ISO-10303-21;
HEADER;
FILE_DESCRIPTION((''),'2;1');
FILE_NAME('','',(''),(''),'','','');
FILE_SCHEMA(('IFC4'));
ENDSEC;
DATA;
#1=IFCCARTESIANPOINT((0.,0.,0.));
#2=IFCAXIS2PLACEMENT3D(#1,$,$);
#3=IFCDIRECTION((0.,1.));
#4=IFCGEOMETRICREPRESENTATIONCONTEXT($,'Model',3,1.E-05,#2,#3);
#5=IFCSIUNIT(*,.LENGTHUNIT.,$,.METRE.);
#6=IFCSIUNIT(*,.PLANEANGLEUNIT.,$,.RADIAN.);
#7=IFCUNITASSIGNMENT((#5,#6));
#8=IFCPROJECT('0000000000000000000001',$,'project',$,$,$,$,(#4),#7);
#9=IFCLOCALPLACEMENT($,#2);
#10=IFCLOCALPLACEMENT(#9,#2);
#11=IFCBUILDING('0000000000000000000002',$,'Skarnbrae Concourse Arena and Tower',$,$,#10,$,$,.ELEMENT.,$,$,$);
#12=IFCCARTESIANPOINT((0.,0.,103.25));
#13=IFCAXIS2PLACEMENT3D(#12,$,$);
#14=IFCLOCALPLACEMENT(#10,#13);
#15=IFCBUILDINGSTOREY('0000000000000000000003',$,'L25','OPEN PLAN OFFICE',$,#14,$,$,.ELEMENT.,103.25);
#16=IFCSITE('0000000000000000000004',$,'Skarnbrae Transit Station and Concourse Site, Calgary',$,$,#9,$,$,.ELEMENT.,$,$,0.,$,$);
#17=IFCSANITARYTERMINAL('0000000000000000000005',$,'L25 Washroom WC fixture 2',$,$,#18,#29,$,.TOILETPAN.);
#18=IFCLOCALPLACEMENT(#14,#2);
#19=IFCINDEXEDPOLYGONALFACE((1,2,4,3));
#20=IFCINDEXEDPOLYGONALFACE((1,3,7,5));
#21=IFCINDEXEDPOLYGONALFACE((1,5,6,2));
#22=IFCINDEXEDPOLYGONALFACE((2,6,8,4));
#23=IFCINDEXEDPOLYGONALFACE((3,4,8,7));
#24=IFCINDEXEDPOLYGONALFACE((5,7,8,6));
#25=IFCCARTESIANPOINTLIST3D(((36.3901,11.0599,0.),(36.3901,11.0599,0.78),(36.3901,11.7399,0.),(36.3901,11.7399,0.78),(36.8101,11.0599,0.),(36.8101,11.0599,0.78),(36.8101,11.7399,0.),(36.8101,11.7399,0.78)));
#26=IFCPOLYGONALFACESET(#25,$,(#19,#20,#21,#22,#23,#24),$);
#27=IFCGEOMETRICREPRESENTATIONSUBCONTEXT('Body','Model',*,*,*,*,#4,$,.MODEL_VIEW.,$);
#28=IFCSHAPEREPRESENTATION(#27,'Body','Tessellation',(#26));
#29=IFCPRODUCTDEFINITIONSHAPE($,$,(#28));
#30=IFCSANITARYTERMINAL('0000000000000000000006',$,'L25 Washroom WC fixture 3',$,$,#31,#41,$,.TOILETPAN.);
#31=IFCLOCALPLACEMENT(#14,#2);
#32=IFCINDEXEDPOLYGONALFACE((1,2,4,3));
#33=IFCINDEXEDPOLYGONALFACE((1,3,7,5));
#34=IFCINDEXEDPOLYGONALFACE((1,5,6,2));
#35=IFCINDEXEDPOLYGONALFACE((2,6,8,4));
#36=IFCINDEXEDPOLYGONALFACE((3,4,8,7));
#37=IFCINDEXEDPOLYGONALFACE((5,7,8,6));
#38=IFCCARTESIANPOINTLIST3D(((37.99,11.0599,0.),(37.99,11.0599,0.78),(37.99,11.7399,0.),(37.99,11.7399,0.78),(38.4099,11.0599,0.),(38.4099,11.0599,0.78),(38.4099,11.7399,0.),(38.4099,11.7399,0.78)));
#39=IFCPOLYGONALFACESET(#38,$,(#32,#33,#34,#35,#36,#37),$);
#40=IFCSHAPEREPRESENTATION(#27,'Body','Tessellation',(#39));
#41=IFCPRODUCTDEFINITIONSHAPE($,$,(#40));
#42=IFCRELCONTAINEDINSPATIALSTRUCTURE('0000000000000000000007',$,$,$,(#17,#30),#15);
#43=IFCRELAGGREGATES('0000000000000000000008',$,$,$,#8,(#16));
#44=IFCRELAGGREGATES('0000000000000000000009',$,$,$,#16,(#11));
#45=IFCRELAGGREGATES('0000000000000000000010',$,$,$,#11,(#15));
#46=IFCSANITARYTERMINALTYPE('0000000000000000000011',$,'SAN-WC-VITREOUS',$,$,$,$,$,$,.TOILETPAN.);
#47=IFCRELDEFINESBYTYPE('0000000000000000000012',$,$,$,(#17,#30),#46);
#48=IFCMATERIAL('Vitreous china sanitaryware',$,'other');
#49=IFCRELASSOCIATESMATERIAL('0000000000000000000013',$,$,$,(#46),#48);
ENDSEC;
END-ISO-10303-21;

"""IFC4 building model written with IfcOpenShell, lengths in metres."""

from ifc_helpers import new_model, si_unit, direction, frame, origin, origin_2d, place, context, subcontext, project, spatial, rectangle, extrude, source, transform, mapped, material, type_object, element, save


model = new_model("IFC4")

# Units and contexts
model_context = context("Model", 3, precision=1e-05, world=origin(), true_north=direction((0.0, 1.0)))
body_context = subcontext(model_context, "Body", "Model", "MODEL_VIEW")
ifc_project = project(units=[si_unit("LENGTHUNIT", "METRE"), si_unit("PLANEANGLEUNIT", "RADIAN")], contexts=[model_context])

# Site, building, storey
site_placement = place(None, origin())
site = spatial("IfcSite", under=ifc_project, at=site_placement, Name="Skarnbrae Transit Station and Concourse Site, Calgary", CompositionType="ELEMENT", RefElevation=0.0)
building_placement = place(site_placement, origin())
building = spatial("IfcBuilding", under=site, at=building_placement, Name="Skarnbrae Concourse Arena and Tower", CompositionType="ELEMENT")
storey_placement = place(building_placement, frame((0.0, 0.0, 103.25)))
storey = spatial("IfcBuildingStorey", under=building, at=storey_placement, Name="L25", Description="OPEN PLAN OFFICE", CompositionType="ELEMENT", Elevation=103.25)

# Sanitary terminals
ifc_material_1 = material(Name="Vitreous china sanitaryware", Category="other")
sanitary_terminal_type = type_object("IfcSanitaryTerminalType", Name="SAN-WC-VITREOUS", PredefinedType="TOILETPAN", material=ifc_material_1)
shared_shape_1 = source(origin(), body_context, "Body", "SweptSolid", [
    extrude(rectangle(XDim=0.4199, YDim=0.6799, at=origin_2d()), origin(), (0.0, 0.0, 1.0), 0.78),
])
for number, where, z_axis, x_axis, name in (
    (1, (36.6001, 11.3999, 0.0), (0.0, 0.0, 1.0), (1.0, 0.0, 0.0), "L25 Washroom WC fixture 2"),
    (2, (38.2, 11.3999, 0.0), (0.0, 0.0, 1.0), (1.0, 0.0, 0.0), "L25 Washroom WC fixture 3"),
):
    element("IfcSanitaryTerminal", number, at=place(storey_placement, frame(where, z_axis=z_axis, x_axis=x_axis)), inside=storey, type_object=sanitary_terminal_type, Name=name, PredefinedType="TOILETPAN", context=body_context, shape_type="MappedRepresentation", body=[
        mapped(shared_shape_1, transform((0.0, 0.0, 0.0))),
    ])

save(model, "model.ifc")
